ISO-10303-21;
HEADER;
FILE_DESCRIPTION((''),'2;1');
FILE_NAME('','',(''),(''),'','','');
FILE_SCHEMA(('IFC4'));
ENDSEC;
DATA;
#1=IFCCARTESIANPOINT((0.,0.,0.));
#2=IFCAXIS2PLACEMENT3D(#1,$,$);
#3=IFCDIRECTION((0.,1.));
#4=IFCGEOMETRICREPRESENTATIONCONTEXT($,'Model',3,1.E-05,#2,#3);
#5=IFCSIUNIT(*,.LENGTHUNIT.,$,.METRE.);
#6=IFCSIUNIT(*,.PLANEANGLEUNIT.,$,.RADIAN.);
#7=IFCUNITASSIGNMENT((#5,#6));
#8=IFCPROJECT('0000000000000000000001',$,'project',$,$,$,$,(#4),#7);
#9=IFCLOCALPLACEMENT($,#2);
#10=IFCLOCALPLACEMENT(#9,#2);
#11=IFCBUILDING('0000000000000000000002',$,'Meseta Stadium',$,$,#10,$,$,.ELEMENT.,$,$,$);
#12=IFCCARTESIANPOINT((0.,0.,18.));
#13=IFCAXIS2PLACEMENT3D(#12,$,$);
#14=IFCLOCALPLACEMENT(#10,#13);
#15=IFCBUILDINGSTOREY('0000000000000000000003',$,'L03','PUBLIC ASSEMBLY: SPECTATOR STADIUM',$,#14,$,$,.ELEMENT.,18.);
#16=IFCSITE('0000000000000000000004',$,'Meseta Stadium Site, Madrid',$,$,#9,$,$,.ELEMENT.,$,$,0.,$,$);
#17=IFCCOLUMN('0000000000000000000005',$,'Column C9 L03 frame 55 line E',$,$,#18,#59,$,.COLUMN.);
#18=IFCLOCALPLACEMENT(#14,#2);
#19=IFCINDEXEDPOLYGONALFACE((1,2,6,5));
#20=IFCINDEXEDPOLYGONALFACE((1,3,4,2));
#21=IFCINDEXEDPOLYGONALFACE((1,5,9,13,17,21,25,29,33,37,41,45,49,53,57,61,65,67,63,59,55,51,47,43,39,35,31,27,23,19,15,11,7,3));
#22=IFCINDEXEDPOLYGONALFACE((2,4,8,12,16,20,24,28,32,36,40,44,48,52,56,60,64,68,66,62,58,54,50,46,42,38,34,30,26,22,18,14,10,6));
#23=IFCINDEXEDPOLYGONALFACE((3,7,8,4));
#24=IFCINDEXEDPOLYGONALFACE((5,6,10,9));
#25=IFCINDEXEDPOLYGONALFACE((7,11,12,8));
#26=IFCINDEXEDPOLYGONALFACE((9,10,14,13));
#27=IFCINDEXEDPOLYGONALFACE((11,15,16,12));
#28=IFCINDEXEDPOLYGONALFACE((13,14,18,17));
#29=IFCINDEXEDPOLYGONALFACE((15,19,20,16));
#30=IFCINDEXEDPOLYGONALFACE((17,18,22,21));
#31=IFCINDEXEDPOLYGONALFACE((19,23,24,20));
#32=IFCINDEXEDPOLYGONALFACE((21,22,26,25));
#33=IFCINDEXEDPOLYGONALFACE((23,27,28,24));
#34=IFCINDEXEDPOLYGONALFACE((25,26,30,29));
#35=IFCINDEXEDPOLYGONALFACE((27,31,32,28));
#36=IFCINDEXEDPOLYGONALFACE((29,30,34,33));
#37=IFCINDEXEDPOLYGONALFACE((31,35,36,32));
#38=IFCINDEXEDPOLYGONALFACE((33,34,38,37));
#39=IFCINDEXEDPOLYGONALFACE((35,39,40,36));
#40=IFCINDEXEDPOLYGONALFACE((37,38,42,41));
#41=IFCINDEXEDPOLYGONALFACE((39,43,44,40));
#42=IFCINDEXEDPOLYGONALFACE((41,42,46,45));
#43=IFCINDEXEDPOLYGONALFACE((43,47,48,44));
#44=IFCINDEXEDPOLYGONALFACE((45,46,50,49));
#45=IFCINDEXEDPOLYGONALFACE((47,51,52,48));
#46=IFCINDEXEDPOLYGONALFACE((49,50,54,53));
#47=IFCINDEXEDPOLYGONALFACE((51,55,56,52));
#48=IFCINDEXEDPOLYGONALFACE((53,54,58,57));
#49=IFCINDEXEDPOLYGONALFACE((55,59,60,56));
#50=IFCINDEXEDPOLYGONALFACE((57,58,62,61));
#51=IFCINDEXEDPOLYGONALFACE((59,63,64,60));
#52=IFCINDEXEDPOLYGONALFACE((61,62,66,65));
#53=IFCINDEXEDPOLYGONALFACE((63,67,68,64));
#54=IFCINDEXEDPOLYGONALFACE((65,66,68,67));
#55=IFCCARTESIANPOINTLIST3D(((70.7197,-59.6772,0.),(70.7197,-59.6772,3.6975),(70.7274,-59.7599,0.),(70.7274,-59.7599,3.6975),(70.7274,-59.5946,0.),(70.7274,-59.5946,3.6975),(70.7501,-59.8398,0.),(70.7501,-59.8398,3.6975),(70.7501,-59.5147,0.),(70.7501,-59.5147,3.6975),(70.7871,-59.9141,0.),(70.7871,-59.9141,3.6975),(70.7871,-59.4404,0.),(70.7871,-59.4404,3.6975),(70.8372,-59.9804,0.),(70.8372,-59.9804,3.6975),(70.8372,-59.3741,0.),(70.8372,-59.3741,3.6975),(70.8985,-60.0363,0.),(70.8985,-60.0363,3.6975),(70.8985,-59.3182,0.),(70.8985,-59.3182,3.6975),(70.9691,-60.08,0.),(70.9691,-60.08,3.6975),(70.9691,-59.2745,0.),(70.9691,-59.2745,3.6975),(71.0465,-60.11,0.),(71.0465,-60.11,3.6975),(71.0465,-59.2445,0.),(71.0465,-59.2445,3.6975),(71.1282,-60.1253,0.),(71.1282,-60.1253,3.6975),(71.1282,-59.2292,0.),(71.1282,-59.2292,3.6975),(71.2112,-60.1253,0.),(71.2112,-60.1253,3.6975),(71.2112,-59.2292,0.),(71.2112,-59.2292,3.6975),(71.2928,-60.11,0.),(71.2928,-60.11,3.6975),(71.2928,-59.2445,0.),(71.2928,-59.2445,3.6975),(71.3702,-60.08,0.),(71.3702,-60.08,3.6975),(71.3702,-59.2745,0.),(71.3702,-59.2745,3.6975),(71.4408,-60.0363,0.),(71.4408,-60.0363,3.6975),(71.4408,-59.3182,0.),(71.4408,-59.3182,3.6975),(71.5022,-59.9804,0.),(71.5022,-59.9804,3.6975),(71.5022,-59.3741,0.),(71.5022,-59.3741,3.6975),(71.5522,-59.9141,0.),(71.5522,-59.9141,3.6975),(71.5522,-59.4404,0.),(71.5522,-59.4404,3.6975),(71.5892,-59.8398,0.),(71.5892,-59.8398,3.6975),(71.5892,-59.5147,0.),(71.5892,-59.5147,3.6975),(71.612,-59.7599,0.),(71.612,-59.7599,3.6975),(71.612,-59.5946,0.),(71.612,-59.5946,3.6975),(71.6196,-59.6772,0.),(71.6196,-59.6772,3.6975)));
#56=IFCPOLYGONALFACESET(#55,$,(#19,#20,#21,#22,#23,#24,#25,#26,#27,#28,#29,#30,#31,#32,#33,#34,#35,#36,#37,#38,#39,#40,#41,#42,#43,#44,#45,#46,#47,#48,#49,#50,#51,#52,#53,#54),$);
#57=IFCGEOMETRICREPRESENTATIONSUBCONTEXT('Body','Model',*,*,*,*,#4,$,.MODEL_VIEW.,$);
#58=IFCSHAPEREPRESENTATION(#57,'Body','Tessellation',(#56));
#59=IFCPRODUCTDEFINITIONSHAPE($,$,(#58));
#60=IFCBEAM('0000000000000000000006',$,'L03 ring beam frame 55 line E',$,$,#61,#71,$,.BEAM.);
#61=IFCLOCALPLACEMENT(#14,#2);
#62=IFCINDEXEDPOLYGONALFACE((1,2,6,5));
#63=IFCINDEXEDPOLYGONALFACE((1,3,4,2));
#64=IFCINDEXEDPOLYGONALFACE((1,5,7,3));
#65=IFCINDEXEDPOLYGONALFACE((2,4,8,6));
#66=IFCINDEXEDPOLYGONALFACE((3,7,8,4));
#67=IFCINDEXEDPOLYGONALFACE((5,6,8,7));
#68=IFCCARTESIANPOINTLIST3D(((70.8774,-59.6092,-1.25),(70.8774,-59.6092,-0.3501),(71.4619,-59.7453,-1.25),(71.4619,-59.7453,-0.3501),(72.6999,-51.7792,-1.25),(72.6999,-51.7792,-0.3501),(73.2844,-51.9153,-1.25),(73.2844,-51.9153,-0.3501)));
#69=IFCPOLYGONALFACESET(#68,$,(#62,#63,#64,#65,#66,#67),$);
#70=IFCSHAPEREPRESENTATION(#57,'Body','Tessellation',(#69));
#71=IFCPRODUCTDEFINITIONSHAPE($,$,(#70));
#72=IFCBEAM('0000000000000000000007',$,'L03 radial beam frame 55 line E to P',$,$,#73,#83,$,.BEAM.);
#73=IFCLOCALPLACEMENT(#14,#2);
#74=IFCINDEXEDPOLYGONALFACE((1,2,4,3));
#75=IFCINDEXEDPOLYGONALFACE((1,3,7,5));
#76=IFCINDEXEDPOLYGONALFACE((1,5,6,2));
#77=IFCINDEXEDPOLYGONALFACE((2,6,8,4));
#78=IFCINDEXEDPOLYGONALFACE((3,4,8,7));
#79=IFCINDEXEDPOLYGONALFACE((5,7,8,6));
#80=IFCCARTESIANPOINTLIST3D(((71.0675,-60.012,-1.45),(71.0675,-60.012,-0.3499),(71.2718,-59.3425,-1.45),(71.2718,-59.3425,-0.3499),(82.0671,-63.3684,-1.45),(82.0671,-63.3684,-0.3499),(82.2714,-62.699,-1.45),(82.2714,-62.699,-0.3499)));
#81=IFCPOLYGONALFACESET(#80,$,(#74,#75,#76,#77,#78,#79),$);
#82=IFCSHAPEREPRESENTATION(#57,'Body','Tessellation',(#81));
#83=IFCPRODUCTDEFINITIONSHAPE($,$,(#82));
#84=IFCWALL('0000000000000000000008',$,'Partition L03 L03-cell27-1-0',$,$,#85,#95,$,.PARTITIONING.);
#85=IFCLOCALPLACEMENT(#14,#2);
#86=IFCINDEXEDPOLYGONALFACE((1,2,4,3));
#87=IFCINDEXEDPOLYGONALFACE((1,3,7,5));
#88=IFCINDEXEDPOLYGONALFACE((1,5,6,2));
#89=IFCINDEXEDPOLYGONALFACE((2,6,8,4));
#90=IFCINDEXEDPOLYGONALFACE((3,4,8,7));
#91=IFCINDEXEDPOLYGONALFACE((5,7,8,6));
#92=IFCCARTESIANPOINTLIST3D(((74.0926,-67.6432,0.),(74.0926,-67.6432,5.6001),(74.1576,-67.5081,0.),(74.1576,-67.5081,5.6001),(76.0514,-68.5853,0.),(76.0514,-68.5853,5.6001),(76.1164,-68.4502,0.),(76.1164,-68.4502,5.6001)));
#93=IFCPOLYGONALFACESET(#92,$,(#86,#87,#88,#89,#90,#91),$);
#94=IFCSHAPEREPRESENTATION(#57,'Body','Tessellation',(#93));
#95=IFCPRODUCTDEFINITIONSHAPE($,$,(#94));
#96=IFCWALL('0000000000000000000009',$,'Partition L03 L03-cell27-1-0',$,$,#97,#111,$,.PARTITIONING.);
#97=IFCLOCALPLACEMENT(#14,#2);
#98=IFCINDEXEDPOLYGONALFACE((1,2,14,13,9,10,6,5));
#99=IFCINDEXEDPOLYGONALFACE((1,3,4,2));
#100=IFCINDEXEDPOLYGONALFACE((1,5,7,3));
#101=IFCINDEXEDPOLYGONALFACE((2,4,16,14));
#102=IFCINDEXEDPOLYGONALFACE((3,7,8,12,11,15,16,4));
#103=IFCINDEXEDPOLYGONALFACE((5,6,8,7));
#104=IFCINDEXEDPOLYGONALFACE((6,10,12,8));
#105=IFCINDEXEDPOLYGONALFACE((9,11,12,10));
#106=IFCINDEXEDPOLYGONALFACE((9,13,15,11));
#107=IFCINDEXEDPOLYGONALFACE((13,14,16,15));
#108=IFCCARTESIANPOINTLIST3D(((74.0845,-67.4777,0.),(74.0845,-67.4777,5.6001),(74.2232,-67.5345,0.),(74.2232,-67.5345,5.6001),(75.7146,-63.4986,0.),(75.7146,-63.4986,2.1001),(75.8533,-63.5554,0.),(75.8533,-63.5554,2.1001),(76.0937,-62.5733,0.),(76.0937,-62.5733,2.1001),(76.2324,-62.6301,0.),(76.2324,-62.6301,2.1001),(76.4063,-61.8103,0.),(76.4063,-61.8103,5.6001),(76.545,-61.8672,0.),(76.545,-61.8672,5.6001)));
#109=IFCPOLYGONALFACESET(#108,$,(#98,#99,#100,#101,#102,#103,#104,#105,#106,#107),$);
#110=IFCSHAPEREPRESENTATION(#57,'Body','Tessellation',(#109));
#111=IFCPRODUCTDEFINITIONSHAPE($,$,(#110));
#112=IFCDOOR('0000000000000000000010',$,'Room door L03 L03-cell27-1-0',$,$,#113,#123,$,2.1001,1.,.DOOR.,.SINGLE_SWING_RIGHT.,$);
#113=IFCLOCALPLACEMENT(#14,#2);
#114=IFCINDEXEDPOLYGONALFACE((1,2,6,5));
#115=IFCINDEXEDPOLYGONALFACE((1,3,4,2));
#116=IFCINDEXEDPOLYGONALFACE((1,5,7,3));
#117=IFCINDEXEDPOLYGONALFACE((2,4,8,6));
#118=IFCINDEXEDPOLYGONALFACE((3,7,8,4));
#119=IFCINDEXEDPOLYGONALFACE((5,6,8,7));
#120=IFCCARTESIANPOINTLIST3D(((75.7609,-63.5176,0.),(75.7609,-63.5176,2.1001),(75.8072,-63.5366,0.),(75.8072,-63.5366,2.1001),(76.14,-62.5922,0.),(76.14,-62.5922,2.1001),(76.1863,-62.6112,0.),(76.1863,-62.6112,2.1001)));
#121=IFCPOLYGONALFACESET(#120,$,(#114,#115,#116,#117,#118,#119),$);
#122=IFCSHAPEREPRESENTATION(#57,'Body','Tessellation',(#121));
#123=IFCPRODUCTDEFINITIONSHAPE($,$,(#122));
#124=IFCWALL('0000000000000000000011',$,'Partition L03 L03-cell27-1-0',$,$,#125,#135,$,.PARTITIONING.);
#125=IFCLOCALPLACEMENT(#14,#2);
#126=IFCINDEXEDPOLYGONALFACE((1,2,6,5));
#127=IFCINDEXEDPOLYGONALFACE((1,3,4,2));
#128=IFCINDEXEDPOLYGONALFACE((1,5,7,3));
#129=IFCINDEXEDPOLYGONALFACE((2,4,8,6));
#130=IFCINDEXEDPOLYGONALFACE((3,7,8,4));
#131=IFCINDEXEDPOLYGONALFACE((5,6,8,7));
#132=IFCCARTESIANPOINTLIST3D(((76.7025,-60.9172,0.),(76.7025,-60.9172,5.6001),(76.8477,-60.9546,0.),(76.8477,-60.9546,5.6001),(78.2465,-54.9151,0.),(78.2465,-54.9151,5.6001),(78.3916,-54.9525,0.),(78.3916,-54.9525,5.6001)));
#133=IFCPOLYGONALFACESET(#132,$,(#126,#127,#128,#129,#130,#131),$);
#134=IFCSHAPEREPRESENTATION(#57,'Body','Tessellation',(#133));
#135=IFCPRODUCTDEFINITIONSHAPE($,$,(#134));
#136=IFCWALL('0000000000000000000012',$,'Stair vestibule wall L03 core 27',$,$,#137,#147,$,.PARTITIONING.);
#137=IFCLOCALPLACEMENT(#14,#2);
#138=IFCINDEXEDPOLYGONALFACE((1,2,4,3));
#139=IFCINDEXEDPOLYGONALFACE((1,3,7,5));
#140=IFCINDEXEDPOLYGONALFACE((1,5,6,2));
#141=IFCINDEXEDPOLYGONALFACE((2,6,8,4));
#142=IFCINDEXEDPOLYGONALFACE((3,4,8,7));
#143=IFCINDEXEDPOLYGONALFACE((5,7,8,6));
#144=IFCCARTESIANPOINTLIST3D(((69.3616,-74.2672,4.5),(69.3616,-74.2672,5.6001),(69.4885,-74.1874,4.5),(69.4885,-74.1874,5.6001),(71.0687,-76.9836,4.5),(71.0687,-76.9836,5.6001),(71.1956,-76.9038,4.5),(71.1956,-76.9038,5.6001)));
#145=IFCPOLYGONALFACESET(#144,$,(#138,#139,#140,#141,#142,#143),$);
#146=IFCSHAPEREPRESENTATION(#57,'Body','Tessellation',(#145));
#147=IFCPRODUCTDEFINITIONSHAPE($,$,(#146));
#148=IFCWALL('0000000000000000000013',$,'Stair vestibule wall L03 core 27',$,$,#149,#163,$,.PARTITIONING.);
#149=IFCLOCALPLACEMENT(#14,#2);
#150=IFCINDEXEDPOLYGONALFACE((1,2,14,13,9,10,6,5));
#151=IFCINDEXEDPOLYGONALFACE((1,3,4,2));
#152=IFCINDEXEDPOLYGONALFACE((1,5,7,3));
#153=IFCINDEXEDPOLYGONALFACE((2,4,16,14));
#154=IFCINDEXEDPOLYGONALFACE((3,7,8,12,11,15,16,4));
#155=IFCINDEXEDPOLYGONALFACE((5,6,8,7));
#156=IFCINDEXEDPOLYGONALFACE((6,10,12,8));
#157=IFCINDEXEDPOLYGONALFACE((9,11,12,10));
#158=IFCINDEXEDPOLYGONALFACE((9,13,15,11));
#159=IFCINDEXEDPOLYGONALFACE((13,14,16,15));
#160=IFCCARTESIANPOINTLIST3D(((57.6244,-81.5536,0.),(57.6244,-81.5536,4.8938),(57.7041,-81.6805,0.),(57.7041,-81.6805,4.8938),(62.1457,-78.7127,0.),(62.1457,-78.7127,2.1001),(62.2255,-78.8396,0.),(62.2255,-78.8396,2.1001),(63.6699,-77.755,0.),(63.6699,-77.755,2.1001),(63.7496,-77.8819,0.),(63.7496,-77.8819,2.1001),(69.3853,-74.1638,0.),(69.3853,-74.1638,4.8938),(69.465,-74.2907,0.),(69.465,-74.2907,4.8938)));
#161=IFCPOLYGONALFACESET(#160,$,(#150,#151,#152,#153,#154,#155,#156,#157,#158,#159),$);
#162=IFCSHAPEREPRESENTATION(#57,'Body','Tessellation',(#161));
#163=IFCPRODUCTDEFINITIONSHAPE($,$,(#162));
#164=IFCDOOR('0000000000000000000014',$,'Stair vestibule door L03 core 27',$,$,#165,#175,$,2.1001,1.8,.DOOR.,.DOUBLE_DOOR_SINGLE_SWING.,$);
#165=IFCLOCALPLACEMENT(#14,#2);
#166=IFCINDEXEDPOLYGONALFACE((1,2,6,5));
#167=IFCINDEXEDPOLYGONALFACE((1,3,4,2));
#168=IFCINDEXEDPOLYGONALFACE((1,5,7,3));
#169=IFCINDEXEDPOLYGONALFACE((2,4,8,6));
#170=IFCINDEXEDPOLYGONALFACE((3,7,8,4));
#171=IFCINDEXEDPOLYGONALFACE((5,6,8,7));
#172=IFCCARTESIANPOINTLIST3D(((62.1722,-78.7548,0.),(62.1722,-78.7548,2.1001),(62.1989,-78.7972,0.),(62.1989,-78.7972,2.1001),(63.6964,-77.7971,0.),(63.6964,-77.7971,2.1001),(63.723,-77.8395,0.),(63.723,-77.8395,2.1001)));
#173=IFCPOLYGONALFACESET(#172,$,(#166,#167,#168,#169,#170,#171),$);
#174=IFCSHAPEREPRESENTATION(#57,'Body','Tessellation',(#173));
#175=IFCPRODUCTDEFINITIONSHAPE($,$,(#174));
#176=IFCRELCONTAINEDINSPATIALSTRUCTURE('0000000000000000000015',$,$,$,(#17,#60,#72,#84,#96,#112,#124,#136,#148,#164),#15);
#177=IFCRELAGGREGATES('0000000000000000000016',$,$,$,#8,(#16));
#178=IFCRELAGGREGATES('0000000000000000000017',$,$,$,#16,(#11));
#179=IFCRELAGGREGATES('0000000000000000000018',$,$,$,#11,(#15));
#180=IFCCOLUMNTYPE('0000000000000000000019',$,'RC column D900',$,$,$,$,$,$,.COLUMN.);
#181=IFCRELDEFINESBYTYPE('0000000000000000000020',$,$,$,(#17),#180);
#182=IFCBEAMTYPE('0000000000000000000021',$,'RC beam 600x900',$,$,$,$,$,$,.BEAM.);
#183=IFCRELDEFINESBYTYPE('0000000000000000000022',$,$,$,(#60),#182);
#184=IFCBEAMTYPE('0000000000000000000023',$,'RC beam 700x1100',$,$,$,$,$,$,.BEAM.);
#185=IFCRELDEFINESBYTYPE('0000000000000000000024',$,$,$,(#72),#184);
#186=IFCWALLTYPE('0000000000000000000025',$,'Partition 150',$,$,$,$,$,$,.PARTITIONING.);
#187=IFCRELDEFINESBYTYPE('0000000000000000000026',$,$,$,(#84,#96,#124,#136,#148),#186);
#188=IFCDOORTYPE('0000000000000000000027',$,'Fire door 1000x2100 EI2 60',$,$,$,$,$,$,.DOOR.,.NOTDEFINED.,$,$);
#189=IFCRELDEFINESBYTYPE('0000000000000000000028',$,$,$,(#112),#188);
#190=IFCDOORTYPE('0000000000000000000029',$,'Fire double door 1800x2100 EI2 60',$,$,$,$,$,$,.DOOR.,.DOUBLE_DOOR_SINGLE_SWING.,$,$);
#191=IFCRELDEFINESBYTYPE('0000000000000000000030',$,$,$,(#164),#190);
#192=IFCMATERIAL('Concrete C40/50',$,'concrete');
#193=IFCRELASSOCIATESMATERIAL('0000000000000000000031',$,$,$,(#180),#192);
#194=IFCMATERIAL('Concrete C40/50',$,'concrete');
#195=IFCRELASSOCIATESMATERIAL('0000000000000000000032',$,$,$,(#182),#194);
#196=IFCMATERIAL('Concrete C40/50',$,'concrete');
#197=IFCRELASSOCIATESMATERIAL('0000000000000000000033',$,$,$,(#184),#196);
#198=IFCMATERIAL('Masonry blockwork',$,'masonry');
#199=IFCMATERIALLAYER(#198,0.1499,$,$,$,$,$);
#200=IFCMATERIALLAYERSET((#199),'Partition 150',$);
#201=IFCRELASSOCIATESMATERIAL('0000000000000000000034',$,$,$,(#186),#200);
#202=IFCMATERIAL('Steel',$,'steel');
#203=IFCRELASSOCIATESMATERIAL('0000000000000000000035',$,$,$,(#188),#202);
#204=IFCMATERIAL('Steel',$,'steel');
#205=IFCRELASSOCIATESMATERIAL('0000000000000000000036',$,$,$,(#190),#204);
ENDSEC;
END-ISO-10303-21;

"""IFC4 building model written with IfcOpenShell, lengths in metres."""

from ifc_helpers import new_model, si_unit, direction, frame, frame_2d, origin, origin_2d, place, context, subcontext, project, spatial, rectangle, circle, extrude, material, layer, layer_set, material_profile, profile_set, type_object, element, fill, save


model = new_model("IFC4")

# Units and contexts
model_context = context("Model", 3, precision=1e-05, world=origin(), true_north=direction((0.0, 1.0)))
body_context = subcontext(model_context, "Body", "Model", "MODEL_VIEW")
ifc_project = project(units=[si_unit("LENGTHUNIT", "METRE"), si_unit("PLANEANGLEUNIT", "RADIAN")], contexts=[model_context])

# Site, building, storey
site_placement = place(None, origin())
site = spatial("IfcSite", under=ifc_project, at=site_placement, Name="Meseta Stadium Site, Madrid", CompositionType="ELEMENT", RefElevation=0.0)
building_placement = place(site_placement, origin())
building = spatial("IfcBuilding", under=site, at=building_placement, Name="Meseta Stadium", CompositionType="ELEMENT")
storey_placement = place(building_placement, frame((0.0, 0.0, 18.0)))
storey = spatial("IfcBuildingStorey", under=building, at=storey_placement, Name="L03", Description="PUBLIC ASSEMBLY: SPECTATOR STADIUM", CompositionType="ELEMENT", Elevation=18.0)

# Column
ifc_material_1 = material(Name="Concrete C40/50", Category="concrete")
ifc_material_profile_1 = material_profile(ifc_material_1, circle(Radius=0.45, at=origin_2d()), Name="RC D900")
ifc_profile_set_1 = profile_set([ifc_material_profile_1], Name="Concrete C40/50")
column_type = type_object("IfcColumnType", Name="RC column D900", PredefinedType="COLUMN", material=ifc_profile_set_1)
column_placement = place(storey_placement, frame((71.1697, -59.6772, 0.0), z_axis=(0.0, 0.0, 1.0), x_axis=(1.0, 0.0, 0.0)))
element("IfcColumn", 1, at=column_placement, inside=storey, type_object=column_type, Name="Column C9 L03 frame 55 line E", PredefinedType="COLUMN", context=body_context, shape_type="SweptSolid", body=[
    extrude(circle(Radius=0.45, at=origin_2d()), origin(), (0.0, 0.0, 1.0), 3.6975),
])

# Beams
ifc_material_2 = material(Name="Concrete C40/50", Category="concrete")
ifc_material_profile_2 = material_profile(ifc_material_2, rectangle(XDim=0.6001, YDim=0.8999, at=origin_2d()), Name="RC 600x900")
ifc_profile_set_2 = profile_set([ifc_material_profile_2], Name="Concrete C40/50")
beam_type_1 = type_object("IfcBeamType", Name="RC beam 600x900", PredefinedType="BEAM", material=ifc_profile_set_2)
beam_1_placement = place(storey_placement, frame((71.1697, -59.6772, -0.8), z_axis=(0.226698, 0.973965, 0.0), x_axis=(-0.973965, 0.226698, 0.0)))
element("IfcBeam", 2, at=beam_1_placement, inside=storey, type_object=beam_type_1, Name="L03 ring beam frame 55 line E", PredefinedType="BEAM", context=body_context, shape_type="SweptSolid", body=[
    extrude(rectangle(XDim=0.6001, YDim=0.8999, at=origin_2d()), origin(), (0.0, 0.0, 1.0), 8.0393),
])
ifc_material_3 = material(Name="Concrete C40/50", Category="concrete")
ifc_material_profile_3 = material_profile(ifc_material_3, rectangle(XDim=0.7, YDim=1.1001, at=origin_2d()), Name="RC 700x1100")
ifc_profile_set_3 = profile_set([ifc_material_profile_3], Name="Concrete C40/50")
beam_type_2 = type_object("IfcBeamType", Name="RC beam 700x1100", PredefinedType="BEAM", material=ifc_profile_set_3)
beam_2_placement = place(storey_placement, frame((71.1697, -59.6772, -0.8999), z_axis=(0.956461, -0.291859, 0.0), x_axis=(0.291859, 0.956461, 0.0)))
element("IfcBeam", 3, at=beam_2_placement, inside=storey, type_object=beam_type_2, Name="L03 radial beam frame 55 line E to P", PredefinedType="BEAM", context=body_context, shape_type="SweptSolid", body=[
    extrude(rectangle(XDim=0.7, YDim=1.1001, at=origin_2d()), origin(), (0.0, 0.0, 1.0), 11.5002),
])

# Wall
ifc_material_4 = material(Name="Masonry blockwork", Category="masonry")
ifc_layer = layer(ifc_material_4, 0.1499)
ifc_layer_set = layer_set([ifc_layer], Name="Partition 150")
wall_type = type_object("IfcWallType", Name="Partition 150", PredefinedType="PARTITIONING", material=ifc_layer_set)
wall_1_placement = place(storey_placement, frame((76.084, -68.5178, 0.0), z_axis=(0.0, 0.0, 1.0), x_axis=(-0.901174, 0.433458, 0.0)))
element("IfcWall", 4, at=wall_1_placement, inside=storey, type_object=wall_type, Name="Partition L03 L03-cell27-1-0", PredefinedType="PARTITIONING", context=body_context, shape_type="SweptSolid", body=[
    extrude(rectangle(XDim=2.1736, YDim=0.1499, at=frame_2d((1.0869, 0.0))), origin(), (0.0, 0.0, 1.0), 5.6001),
])

# Wall, opening, door
wall_2_placement = place(storey_placement, frame((74.1538, -67.5061, 0.0), z_axis=(0.0, 0.0, 1.0), x_axis=(0.379103, 0.925354, 0.0)))
wall_2 = element("IfcWall", 5, at=wall_2_placement, inside=storey, type_object=wall_type, Name="Partition L03 L03-cell27-1-0", PredefinedType="PARTITIONING", context=body_context, shape_type="SweptSolid", body=[
    extrude(rectangle(XDim=6.1245, YDim=0.1499, at=frame_2d((3.0623, 0.0))), origin(), (0.0, 0.0, 1.0), 5.6001),
])
opening_1_placement = place(wall_2_placement, frame((4.3, 0.0, 0.0)))
opening_1 = element("IfcOpeningElement", 6, at=opening_1_placement, cuts=wall_2, PredefinedType="OPENING", context=body_context, shape_type="SweptSolid", body=[
    extrude(rectangle(XDim=1.0, YDim=2.1001, at=frame_2d((0.5, 1.05))), frame((0.0, 0.085, 0.0), z_axis=(0.0, -1.0, 0.0), x_axis=(1.0, 0.0, 0.0)), (0.0, 0.0, 1.0), 0.1699),
])
ifc_material_5 = material(Name="Steel", Category="steel")
door_type_1 = type_object("IfcDoorType", Name="Fire door 1000x2100 EI2 60", OperationType="NOTDEFINED", PredefinedType="DOOR", material=ifc_material_5)
door_1_placement = place(opening_1_placement, origin())
door_1 = element("IfcDoor", 7, at=door_1_placement, inside=storey, type_object=door_type_1, Name="Room door L03 L03-cell27-1-0", OperationType="SINGLE_SWING_RIGHT", OverallHeight=2.1001, OverallWidth=1.0, PredefinedType="DOOR", context=body_context, shape_type="SweptSolid", body=[
    extrude(rectangle(XDim=1.0, YDim=2.1001, at=frame_2d((0.5, 1.05))), frame((0.0, 0.0249, 0.0), z_axis=(0.0, -1.0, 0.0), x_axis=(1.0, 0.0, 0.0)), (0.0, 0.0, 1.0), 0.05),
])
fill(opening_1, door_1)

# Walls
wall_3_placement = place(storey_placement, frame((76.7751, -60.9358, 0.0), z_axis=(0.0, 0.0, 1.0), x_axis=(0.24912, 0.968473, 0.0)))
element("IfcWall", 8, at=wall_3_placement, inside=storey, type_object=wall_type, Name="Partition L03 L03-cell27-1-0", PredefinedType="PARTITIONING", context=body_context, shape_type="SweptSolid", body=[
    extrude(rectangle(XDim=6.1975, YDim=0.1499, at=frame_2d((3.0986, 0.0))), origin(), (0.0, 0.0, 1.0), 5.6001),
])
wall_4_placement = place(storey_placement, frame((71.1321, -76.9436, 4.5), z_axis=(0.0, 0.0, 1.0), x_axis=(-0.532091, 0.846687, 0.0)))
element("IfcWall", 9, at=wall_4_placement, inside=storey, type_object=wall_type, Name="Stair vestibule wall L03 core 27", PredefinedType="PARTITIONING", context=body_context, shape_type="SweptSolid", body=[
    extrude(rectangle(XDim=3.2083, YDim=0.1499, at=frame_2d((1.604, 0.0))), origin(), (0.0, 0.0, 1.0), 1.1001),
])

# Wall, opening, door
wall_5_placement = place(storey_placement, frame((69.425, -74.2273, 0.0), z_axis=(0.0, 0.0, 1.0), x_axis=(-0.846725, -0.532031, 0.0)))
wall_5 = element("IfcWall", 10, at=wall_5_placement, inside=storey, type_object=wall_type, Name="Stair vestibule wall L03 core 27", PredefinedType="PARTITIONING", context=body_context, shape_type="SweptSolid", body=[
    extrude(rectangle(XDim=13.8899, YDim=0.1499, at=frame_2d((6.9448, 0.0))), origin(), (0.0, 0.0, 1.0), 4.8938),
])
opening_2_placement = place(wall_5_placement, frame((6.75, 0.0, 0.0)))
opening_2 = element("IfcOpeningElement", 11, at=opening_2_placement, cuts=wall_5, PredefinedType="OPENING", context=body_context, shape_type="SweptSolid", body=[
    extrude(rectangle(XDim=1.8, YDim=2.1001, at=frame_2d((0.8999, 1.05))), frame((0.0, 0.085, 0.0), z_axis=(0.0, -1.0, 0.0), x_axis=(1.0, 0.0, 0.0)), (0.0, 0.0, 1.0), 0.1699),
])
ifc_material_6 = material(Name="Steel", Category="steel")
door_type_2 = type_object("IfcDoorType", Name="Fire double door 1800x2100 EI2 60", OperationType="DOUBLE_DOOR_SINGLE_SWING", PredefinedType="DOOR", material=ifc_material_6)
door_2_placement = place(opening_2_placement, origin())
door_2 = element("IfcDoor", 12, at=door_2_placement, inside=storey, type_object=door_type_2, Name="Stair vestibule door L03 core 27", OperationType="DOUBLE_DOOR_SINGLE_SWING", OverallHeight=2.1001, OverallWidth=1.8, PredefinedType="DOOR", context=body_context, shape_type="SweptSolid", body=[
    extrude(rectangle(XDim=1.8, YDim=2.1001, at=frame_2d((0.8999, 1.05))), frame((0.0, 0.0249, 0.0), z_axis=(0.0, -1.0, 0.0), x_axis=(1.0, 0.0, 0.0)), (0.0, 0.0, 1.0), 0.05),
])
fill(opening_2, door_2)

save(model, "model.ifc")
